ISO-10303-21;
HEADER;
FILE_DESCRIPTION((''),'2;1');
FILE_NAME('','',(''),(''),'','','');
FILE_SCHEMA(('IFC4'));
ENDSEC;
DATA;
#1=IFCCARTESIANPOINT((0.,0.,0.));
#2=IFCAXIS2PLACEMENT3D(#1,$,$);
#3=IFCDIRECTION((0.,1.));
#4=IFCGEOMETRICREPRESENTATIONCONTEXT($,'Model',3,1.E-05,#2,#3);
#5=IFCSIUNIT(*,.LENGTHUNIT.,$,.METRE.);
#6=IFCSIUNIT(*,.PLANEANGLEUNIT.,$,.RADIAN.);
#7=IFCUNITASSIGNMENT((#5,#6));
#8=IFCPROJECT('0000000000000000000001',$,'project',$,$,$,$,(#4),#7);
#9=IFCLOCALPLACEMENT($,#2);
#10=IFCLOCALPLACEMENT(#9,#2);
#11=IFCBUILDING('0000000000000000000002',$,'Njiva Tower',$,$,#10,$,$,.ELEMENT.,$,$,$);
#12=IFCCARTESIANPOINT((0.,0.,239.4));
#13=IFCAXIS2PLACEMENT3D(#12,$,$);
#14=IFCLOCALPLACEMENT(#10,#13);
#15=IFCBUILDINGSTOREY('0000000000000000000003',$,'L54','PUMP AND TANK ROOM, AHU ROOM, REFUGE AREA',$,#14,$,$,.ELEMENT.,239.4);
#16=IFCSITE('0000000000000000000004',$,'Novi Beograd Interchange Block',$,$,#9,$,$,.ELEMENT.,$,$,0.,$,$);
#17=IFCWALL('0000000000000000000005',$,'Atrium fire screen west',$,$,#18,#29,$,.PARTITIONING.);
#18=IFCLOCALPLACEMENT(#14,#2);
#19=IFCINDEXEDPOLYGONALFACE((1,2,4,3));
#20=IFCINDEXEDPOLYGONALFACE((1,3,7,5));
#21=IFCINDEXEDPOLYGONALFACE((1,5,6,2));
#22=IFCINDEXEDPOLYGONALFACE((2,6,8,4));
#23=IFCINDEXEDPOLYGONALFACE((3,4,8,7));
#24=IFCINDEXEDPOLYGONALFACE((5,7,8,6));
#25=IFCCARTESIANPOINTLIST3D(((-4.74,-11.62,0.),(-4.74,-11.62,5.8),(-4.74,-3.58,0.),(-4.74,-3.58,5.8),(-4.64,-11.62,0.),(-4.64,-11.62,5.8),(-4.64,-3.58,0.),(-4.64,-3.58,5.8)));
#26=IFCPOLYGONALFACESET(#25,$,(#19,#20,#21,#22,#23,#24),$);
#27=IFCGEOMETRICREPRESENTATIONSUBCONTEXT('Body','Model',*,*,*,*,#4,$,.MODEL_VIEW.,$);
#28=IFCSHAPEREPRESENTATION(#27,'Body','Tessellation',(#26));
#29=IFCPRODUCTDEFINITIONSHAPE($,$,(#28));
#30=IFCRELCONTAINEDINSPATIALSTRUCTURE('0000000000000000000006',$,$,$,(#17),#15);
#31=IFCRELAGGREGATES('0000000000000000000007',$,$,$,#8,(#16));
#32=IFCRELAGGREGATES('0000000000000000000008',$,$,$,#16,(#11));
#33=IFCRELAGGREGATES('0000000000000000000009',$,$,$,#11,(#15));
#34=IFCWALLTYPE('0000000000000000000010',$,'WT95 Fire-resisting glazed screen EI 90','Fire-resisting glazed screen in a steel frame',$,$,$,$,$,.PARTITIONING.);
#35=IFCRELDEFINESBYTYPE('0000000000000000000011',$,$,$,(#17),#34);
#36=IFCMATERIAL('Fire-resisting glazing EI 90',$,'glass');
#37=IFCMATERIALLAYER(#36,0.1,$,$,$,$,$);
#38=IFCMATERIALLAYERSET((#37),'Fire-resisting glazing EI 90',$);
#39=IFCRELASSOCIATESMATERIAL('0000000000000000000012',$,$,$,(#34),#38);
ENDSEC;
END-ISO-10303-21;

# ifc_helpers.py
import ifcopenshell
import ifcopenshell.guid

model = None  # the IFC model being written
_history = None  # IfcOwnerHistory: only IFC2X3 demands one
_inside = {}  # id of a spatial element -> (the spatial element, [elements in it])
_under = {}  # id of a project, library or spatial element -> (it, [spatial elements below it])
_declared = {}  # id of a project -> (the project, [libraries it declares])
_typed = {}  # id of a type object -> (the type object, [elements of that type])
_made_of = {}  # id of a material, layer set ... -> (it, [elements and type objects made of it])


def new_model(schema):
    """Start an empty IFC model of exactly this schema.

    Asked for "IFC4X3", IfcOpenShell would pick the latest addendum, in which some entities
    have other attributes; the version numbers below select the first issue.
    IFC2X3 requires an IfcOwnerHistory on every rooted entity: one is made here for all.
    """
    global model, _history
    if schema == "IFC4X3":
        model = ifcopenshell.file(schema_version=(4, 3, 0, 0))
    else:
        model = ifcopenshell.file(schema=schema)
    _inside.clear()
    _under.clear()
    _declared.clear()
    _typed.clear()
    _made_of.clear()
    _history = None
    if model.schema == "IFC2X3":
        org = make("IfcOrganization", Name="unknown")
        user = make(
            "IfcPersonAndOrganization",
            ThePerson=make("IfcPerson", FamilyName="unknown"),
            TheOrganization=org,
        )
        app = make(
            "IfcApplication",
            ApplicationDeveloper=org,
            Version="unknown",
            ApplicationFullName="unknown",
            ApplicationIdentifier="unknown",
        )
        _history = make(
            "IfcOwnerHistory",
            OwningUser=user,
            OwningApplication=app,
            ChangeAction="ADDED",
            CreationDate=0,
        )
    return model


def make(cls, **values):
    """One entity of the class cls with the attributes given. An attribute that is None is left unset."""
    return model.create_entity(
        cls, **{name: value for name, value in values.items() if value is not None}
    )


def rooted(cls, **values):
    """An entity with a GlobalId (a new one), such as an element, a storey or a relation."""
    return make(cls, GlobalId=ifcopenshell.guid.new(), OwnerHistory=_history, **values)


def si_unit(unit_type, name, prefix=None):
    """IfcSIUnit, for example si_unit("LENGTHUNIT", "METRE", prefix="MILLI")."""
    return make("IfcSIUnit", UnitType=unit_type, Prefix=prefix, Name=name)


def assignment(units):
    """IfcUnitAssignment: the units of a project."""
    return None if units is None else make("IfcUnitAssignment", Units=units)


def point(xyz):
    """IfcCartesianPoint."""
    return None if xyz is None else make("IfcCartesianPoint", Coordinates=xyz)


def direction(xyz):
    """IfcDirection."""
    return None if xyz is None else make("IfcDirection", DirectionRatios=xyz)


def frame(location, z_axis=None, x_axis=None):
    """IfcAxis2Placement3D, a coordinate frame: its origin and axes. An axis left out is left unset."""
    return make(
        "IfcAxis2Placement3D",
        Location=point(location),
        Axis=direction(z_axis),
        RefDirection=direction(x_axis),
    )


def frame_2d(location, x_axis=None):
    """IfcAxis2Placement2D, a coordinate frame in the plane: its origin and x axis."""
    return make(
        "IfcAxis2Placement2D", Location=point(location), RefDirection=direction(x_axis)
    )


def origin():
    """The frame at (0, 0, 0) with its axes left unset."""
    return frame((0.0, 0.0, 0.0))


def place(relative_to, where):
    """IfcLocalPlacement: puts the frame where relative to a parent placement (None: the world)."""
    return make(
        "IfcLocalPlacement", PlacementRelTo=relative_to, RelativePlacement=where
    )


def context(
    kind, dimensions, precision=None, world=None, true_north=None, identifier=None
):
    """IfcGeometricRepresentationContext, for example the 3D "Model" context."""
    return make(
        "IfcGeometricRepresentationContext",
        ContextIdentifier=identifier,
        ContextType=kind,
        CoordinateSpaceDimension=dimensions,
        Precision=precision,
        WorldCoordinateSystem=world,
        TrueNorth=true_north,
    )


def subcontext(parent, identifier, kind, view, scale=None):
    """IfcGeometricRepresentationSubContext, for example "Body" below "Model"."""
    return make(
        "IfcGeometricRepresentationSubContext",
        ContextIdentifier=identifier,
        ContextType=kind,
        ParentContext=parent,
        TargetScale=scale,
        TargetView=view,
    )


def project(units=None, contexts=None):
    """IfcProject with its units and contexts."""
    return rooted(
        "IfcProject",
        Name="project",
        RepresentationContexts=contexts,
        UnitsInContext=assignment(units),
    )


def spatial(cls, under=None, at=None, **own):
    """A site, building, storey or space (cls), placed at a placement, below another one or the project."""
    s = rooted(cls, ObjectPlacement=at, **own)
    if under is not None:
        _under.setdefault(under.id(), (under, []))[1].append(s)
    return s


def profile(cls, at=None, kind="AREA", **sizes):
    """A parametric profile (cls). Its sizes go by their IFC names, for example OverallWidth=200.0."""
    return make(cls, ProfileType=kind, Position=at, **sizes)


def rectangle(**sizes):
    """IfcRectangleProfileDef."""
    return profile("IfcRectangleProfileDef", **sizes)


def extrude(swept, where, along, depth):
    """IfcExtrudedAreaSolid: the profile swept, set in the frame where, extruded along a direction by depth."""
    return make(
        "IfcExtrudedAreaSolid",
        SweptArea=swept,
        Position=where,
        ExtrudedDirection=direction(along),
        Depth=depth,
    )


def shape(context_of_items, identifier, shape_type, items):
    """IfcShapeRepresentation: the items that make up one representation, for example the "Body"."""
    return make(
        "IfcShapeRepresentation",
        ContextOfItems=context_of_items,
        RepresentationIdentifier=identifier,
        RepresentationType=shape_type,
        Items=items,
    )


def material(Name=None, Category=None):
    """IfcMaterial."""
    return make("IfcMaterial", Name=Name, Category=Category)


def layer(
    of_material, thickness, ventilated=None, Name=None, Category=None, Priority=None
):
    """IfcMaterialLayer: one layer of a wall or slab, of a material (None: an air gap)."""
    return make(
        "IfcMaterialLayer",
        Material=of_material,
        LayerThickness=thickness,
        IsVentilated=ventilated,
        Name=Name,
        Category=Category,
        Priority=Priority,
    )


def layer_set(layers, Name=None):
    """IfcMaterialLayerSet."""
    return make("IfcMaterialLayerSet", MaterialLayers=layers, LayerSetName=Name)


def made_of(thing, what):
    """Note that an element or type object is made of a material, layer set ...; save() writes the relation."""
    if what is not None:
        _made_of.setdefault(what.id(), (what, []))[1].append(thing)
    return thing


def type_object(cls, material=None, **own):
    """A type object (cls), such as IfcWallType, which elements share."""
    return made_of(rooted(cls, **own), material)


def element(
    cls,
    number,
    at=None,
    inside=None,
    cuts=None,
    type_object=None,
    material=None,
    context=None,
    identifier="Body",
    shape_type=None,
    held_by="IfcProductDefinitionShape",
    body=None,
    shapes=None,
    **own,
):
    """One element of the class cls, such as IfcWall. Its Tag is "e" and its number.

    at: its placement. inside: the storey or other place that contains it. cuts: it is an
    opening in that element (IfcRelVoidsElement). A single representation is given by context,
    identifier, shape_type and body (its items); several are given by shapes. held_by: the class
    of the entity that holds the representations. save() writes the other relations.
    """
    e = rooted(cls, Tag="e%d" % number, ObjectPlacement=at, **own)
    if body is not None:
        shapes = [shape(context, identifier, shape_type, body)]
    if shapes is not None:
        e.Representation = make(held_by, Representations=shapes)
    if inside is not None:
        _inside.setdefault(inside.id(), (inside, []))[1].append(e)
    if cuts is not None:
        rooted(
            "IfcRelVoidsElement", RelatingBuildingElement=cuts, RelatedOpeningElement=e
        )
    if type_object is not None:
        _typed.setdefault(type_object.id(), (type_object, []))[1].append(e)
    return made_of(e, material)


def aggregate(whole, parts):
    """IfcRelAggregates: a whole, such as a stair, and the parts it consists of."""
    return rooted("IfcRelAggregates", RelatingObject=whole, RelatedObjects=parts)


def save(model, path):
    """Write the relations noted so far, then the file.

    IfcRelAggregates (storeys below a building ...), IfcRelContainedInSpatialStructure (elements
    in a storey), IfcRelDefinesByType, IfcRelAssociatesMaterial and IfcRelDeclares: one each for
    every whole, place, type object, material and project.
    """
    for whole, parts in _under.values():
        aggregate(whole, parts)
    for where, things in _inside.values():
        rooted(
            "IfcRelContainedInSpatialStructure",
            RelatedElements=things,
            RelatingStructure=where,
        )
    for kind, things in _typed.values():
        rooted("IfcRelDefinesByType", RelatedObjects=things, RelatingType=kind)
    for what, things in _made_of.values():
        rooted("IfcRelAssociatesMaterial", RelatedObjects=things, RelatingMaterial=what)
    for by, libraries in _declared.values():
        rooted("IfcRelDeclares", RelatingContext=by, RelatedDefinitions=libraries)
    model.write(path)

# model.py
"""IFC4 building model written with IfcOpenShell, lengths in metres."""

from ifc_helpers import new_model, si_unit, direction, frame, frame_2d, origin, place, context, subcontext, project, spatial, rectangle, extrude, material, layer, layer_set, type_object, element, save


model = new_model("IFC4")

# Units and contexts
model_context = context("Model", 3, precision=1e-05, world=origin(), true_north=direction((0.0, 1.0)))
body_context = subcontext(model_context, "Body", "Model", "MODEL_VIEW")
ifc_project = project(units=[si_unit("LENGTHUNIT", "METRE"), si_unit("PLANEANGLEUNIT", "RADIAN")], contexts=[model_context])

# Site, building, storey
site_placement = place(None, origin())
site = spatial("IfcSite", under=ifc_project, at=site_placement, Name="Novi Beograd Interchange Block", CompositionType="ELEMENT", RefElevation=0.0)
building_placement = place(site_placement, origin())
building = spatial("IfcBuilding", under=site, at=building_placement, Name="Njiva Tower", CompositionType="ELEMENT")
storey_placement = place(building_placement, frame((0.0, 0.0, 239.4)))
storey = spatial("IfcBuildingStorey", under=building, at=storey_placement, Name="L54", Description="PUMP AND TANK ROOM, AHU ROOM, REFUGE AREA", CompositionType="ELEMENT", Elevation=239.4)

# Wall
ifc_material_1 = material(Name="Fire-resisting glazing EI 90", Category="glass")
ifc_layer_1 = layer(ifc_material_1, 0.1)
ifc_layer_set_1 = layer_set([ifc_layer_1], Name="Fire-resisting glazing EI 90")
wall_type_1 = type_object("IfcWallType", Name="WT95 Fire-resisting glazed screen EI 90", Description="Fire-resisting glazed screen in a steel frame", PredefinedType="PARTITIONING", material=ifc_layer_set_1)
wall_1_placement = place(storey_placement, frame((-4.69, -3.58, 0.0), z_axis=(0.0, 0.0, 1.0), x_axis=(0.0, -1.0, 0.0)))
element("IfcWall", 1, at=wall_1_placement, inside=storey, type_object=wall_type_1, Name="Atrium fire screen west", PredefinedType="PARTITIONING", context=body_context, shape_type="SweptSolid", body=[
    extrude(rectangle(XDim=8.04, YDim=0.1, at=frame_2d((4.02, 0.0))), origin(), (0.0, 0.0, 1.0), 5.8),
])

save(model, "model.ifc")
